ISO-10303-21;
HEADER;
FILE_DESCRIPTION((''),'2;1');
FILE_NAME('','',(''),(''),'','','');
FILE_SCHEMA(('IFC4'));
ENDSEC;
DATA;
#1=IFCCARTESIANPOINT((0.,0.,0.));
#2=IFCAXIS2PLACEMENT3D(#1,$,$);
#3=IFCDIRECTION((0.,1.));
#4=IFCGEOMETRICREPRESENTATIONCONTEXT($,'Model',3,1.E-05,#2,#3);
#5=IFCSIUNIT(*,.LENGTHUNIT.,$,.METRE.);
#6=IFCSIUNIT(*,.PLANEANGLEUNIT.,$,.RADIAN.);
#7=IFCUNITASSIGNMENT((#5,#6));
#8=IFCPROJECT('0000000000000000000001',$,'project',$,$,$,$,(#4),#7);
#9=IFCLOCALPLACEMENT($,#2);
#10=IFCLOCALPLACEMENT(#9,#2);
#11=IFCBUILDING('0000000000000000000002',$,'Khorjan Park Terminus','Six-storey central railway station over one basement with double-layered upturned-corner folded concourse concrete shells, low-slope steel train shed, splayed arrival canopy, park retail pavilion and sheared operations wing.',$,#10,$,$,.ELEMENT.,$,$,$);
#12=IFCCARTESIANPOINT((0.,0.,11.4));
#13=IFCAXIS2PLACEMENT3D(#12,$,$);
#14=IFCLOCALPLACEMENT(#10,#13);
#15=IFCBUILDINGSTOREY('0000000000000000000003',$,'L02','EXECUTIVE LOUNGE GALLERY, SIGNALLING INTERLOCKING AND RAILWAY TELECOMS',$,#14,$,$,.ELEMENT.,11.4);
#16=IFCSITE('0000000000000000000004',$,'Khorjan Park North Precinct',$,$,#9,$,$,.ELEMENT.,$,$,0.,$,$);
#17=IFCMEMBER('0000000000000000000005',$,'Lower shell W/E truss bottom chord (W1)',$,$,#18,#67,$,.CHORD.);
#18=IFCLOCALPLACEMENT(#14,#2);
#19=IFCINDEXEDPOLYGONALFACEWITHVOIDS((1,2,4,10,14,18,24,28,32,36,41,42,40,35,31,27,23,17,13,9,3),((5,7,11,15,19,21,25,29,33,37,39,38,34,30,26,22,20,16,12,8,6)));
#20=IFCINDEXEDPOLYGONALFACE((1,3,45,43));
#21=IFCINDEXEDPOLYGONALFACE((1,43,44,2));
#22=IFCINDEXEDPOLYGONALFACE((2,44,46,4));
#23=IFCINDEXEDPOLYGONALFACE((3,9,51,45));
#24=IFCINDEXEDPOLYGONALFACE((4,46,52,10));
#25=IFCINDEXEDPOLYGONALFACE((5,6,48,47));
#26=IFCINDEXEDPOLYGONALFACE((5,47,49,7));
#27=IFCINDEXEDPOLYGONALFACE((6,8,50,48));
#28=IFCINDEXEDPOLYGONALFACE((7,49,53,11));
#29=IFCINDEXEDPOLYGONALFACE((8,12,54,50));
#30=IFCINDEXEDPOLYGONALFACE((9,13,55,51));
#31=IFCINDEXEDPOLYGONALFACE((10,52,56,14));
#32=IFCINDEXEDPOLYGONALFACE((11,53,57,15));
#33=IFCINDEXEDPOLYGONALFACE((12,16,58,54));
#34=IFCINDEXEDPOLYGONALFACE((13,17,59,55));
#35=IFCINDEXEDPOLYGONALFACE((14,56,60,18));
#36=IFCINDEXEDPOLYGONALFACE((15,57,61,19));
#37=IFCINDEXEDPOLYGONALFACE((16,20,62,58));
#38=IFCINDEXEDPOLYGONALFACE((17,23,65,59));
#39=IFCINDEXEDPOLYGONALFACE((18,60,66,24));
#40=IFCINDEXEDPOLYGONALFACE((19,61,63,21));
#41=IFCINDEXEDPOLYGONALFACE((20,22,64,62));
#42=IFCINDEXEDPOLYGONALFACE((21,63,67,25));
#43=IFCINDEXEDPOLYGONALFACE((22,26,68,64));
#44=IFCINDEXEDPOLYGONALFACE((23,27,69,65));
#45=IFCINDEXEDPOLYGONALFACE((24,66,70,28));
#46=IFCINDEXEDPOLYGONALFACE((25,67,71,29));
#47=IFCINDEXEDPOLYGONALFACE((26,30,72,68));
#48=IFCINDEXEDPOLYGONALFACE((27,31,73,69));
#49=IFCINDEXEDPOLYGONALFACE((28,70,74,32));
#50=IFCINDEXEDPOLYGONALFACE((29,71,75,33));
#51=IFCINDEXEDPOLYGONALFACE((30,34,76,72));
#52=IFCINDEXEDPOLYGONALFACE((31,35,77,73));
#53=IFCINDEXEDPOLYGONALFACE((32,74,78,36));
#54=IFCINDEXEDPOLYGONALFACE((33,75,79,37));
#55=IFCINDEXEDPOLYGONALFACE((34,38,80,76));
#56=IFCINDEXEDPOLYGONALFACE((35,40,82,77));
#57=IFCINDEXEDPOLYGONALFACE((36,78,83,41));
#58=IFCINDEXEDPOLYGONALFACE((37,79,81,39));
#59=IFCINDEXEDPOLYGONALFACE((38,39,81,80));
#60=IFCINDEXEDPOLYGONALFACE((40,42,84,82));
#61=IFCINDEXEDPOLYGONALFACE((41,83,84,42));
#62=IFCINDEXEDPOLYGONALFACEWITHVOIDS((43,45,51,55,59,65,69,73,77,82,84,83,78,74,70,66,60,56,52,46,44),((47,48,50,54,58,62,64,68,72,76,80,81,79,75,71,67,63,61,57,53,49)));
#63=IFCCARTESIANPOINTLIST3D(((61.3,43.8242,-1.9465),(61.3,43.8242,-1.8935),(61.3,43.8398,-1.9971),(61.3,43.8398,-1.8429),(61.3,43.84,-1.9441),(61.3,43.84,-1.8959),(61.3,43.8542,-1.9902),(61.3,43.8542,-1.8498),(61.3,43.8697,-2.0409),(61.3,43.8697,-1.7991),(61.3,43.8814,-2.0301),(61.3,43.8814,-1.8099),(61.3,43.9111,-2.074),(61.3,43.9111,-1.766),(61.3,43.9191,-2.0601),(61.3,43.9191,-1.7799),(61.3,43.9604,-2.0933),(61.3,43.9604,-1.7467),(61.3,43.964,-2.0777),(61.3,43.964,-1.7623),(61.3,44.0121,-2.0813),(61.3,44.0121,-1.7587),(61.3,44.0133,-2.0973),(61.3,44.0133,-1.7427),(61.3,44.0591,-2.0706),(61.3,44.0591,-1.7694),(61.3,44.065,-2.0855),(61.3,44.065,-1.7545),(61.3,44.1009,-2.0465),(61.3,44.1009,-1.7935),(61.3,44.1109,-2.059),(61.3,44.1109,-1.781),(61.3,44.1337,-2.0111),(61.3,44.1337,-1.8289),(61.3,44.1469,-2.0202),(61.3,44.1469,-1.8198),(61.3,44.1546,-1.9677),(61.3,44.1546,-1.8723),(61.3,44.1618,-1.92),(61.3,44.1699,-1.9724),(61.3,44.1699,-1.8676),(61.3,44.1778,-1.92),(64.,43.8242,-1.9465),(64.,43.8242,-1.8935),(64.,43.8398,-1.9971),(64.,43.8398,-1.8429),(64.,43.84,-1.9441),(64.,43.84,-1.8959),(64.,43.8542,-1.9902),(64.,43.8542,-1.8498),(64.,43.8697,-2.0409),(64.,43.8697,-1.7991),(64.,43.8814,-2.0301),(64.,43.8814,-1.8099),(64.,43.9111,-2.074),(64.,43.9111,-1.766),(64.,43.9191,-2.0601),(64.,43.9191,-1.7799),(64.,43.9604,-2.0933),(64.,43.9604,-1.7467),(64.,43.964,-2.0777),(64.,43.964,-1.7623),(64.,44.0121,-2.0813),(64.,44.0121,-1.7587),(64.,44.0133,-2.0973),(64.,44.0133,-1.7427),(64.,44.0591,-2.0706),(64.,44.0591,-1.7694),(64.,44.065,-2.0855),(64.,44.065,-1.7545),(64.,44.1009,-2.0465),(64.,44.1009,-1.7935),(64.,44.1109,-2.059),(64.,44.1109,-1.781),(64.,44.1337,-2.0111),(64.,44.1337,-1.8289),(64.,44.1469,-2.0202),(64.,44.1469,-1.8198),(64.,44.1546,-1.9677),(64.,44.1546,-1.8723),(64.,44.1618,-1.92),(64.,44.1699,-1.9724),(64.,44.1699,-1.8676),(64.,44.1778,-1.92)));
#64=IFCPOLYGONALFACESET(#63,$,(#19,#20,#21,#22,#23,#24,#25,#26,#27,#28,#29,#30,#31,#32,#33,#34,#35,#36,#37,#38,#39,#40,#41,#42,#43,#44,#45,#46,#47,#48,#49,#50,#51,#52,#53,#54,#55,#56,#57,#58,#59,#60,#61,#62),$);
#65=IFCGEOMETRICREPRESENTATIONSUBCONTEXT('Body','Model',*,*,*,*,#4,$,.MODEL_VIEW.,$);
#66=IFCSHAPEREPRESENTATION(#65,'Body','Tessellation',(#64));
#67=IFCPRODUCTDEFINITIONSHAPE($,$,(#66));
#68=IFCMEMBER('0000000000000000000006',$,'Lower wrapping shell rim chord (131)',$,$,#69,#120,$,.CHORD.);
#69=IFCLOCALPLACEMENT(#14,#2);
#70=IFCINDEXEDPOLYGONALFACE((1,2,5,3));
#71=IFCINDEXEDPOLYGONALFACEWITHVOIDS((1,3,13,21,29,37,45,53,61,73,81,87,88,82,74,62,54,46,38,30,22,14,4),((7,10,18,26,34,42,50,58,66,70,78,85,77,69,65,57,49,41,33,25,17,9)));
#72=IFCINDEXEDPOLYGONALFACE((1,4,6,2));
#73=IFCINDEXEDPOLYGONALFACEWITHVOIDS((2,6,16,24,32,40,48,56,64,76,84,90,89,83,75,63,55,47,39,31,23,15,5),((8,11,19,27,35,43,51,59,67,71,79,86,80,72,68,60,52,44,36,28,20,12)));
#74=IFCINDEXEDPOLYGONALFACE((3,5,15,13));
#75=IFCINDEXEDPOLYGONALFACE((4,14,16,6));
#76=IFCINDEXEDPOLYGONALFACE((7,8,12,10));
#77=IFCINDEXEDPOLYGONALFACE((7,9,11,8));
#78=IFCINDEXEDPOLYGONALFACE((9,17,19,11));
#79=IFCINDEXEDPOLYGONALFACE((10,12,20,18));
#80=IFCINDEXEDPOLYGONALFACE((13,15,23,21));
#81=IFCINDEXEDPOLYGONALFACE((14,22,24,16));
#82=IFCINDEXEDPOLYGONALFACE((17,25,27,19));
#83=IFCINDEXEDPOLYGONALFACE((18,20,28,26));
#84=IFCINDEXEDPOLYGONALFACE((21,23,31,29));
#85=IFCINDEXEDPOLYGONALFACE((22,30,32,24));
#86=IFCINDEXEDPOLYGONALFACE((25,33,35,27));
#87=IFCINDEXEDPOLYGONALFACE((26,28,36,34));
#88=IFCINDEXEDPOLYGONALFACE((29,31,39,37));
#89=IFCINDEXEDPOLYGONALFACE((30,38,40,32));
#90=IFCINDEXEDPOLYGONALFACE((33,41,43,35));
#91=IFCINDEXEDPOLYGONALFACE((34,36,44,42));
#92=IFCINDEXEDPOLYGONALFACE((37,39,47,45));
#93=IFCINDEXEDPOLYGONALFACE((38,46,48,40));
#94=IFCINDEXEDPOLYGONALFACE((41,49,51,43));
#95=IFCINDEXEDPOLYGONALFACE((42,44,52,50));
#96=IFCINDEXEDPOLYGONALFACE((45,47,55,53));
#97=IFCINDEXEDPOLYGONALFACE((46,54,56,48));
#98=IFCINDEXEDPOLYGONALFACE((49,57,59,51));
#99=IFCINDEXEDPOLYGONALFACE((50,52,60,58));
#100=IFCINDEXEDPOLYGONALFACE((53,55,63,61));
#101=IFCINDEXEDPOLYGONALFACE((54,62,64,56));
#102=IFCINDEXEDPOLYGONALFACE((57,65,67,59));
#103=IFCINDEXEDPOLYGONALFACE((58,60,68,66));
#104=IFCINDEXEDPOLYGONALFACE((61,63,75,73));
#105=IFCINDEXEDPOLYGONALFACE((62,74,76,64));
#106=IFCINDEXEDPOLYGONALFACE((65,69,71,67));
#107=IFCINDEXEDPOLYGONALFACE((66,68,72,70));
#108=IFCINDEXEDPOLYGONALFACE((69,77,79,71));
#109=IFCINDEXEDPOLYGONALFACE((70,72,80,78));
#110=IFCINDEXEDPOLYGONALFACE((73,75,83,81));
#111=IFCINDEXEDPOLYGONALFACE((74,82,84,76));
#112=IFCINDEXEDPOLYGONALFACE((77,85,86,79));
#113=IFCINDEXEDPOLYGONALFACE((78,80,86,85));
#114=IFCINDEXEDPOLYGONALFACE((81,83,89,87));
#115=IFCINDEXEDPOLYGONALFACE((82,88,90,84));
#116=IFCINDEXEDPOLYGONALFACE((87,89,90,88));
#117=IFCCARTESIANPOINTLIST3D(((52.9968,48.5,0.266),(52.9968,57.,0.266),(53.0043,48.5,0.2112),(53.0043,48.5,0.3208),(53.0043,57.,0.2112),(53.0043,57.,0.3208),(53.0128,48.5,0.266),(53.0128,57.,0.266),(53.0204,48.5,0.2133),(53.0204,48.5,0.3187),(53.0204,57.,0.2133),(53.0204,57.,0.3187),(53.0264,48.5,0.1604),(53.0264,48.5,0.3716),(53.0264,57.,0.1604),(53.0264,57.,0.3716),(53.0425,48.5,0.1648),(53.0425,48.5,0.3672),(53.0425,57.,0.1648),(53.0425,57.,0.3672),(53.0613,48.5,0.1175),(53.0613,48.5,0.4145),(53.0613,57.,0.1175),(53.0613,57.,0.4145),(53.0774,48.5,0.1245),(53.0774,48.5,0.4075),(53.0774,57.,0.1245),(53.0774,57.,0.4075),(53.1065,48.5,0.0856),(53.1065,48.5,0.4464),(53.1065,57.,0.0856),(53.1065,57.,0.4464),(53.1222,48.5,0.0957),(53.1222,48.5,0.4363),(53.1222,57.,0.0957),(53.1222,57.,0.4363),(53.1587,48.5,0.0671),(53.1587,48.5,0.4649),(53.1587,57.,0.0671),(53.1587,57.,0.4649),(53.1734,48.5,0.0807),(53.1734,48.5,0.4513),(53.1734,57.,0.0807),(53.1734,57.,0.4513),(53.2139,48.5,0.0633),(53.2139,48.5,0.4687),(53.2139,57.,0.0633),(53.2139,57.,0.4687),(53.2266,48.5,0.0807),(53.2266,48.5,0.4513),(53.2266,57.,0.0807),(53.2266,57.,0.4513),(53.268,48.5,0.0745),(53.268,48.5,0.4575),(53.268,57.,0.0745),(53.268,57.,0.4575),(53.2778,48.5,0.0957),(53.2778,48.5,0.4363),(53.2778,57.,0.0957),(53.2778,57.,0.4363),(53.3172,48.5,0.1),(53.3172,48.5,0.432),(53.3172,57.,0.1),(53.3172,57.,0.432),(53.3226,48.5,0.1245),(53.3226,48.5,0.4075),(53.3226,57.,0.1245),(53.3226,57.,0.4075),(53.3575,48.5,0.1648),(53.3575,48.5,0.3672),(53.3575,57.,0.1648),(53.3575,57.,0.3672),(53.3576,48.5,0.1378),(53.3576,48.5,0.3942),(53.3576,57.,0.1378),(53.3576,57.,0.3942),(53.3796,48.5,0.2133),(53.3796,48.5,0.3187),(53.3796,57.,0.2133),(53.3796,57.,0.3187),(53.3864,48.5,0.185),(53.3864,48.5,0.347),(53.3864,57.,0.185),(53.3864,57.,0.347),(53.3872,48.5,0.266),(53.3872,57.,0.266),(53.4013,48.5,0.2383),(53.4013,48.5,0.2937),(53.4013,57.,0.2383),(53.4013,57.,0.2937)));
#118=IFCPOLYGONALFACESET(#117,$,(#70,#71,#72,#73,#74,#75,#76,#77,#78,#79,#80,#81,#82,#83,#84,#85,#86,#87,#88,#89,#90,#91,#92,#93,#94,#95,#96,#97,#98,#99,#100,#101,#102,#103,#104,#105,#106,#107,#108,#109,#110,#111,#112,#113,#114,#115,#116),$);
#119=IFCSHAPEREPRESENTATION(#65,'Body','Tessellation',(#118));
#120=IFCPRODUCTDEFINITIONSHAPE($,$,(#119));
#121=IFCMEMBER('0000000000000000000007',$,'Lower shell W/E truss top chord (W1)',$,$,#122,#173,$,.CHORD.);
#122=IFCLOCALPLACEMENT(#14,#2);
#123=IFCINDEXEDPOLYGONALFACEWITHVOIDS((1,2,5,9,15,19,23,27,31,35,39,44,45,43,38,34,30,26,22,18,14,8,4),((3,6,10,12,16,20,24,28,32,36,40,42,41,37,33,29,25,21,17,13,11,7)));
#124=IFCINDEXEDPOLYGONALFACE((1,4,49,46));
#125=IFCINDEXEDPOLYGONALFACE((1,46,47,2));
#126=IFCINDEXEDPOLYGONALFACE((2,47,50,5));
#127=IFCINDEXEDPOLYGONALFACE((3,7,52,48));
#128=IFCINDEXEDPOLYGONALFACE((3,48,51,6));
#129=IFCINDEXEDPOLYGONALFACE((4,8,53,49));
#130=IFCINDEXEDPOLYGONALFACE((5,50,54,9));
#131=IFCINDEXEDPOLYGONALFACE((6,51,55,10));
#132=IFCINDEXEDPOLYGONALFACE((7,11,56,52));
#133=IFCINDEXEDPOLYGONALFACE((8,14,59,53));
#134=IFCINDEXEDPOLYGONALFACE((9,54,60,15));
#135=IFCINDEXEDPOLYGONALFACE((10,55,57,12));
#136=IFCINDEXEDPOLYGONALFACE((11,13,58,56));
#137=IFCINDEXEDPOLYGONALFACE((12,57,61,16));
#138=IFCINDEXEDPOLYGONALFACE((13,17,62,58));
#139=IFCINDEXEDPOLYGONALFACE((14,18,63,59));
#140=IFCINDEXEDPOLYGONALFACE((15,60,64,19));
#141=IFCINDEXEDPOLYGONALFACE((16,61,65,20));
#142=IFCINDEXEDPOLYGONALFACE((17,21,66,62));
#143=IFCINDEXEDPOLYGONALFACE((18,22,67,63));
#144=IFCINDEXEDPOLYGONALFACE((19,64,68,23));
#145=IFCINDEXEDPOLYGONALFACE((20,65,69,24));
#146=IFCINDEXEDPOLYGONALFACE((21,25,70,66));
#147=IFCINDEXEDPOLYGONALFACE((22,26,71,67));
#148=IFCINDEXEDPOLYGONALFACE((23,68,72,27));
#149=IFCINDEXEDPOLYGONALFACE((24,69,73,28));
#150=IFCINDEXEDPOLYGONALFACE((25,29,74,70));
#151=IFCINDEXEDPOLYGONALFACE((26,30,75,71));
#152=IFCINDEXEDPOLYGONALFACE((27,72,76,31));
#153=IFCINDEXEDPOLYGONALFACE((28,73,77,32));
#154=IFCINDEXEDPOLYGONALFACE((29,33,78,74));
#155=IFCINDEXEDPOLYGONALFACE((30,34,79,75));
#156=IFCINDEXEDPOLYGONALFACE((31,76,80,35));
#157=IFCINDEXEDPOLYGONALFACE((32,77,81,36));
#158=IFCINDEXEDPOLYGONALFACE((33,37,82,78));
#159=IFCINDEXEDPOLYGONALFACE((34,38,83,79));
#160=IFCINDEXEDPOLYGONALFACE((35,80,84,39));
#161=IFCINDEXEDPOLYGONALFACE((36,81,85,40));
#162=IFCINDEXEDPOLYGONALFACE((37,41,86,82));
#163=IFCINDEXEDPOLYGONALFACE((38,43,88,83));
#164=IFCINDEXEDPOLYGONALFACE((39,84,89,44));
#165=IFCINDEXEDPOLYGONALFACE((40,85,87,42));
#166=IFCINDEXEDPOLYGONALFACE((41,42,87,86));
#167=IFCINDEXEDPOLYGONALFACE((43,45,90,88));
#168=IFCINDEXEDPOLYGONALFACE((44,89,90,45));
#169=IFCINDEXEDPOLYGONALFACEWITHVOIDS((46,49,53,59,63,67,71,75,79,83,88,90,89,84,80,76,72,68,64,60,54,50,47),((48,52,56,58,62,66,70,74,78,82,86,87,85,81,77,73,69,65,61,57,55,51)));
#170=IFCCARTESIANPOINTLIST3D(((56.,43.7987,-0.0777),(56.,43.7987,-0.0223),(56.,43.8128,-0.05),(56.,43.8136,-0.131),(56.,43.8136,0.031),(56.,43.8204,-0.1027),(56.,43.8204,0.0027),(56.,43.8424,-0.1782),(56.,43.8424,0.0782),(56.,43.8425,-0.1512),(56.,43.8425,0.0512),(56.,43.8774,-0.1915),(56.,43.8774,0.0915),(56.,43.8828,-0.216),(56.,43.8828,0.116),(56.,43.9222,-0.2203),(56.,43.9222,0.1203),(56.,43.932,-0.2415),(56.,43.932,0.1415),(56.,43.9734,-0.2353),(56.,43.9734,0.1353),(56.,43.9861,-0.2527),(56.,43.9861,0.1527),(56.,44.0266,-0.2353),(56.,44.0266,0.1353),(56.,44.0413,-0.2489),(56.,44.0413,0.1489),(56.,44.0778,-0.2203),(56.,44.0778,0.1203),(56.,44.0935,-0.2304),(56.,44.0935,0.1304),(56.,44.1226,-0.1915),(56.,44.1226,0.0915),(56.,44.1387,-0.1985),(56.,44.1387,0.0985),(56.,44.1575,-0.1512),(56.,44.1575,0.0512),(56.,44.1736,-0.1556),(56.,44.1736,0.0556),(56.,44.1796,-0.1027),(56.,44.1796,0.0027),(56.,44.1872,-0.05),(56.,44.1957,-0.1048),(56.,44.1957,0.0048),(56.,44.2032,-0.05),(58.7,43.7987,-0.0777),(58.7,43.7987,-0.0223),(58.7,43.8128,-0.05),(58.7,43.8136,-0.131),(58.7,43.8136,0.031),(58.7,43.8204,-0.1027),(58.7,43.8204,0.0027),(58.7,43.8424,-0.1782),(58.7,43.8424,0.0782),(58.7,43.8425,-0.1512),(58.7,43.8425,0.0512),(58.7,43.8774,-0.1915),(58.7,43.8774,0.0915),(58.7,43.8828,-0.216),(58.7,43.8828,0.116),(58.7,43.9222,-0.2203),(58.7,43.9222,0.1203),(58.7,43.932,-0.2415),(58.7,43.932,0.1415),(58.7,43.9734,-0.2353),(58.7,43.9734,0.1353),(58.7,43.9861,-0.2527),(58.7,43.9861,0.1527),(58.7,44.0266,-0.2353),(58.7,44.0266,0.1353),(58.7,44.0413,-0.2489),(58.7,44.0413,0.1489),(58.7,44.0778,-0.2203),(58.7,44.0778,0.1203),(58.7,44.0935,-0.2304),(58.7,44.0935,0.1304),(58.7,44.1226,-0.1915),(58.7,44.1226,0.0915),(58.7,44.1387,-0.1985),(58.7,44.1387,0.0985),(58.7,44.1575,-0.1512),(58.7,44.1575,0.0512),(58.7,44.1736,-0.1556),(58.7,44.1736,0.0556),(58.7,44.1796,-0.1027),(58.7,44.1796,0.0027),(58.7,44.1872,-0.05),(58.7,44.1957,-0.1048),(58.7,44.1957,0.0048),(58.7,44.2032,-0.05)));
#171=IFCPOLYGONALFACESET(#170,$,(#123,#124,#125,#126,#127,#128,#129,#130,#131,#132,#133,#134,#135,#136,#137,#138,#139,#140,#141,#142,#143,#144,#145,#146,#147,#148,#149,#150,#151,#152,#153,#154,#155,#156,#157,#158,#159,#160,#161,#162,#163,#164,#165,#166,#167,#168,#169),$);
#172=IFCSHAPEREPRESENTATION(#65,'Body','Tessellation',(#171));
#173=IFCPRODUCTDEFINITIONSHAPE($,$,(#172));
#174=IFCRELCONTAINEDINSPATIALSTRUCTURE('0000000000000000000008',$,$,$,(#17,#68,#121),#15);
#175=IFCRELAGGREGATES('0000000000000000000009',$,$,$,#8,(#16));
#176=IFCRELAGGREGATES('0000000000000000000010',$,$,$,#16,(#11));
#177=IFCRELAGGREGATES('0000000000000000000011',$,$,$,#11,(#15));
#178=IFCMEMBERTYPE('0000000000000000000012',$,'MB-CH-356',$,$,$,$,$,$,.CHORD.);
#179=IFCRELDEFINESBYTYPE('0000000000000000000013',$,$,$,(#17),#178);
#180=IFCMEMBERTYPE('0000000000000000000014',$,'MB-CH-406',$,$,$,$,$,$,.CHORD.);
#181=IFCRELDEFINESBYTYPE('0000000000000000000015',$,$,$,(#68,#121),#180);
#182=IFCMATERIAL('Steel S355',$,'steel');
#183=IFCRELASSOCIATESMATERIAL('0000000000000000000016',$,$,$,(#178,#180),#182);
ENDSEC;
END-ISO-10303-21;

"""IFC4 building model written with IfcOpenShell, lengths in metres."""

from ifc_helpers import new_model, si_unit, direction, frame, origin, origin_2d, place, context, subcontext, project, spatial, hollow_circle, extrude, material, material_profile, profile_set, type_object, element, save


model = new_model("IFC4")

# Units and contexts
model_context = context("Model", 3, precision=1e-05, world=origin(), true_north=direction((0.0, 1.0)))
body_context = subcontext(model_context, "Body", "Model", "MODEL_VIEW")
ifc_project = project(units=[si_unit("LENGTHUNIT", "METRE"), si_unit("PLANEANGLEUNIT", "RADIAN")], contexts=[model_context])

# Site, building, storey
site_placement = place(None, origin())
site = spatial("IfcSite", under=ifc_project, at=site_placement, Name="Khorjan Park North Precinct", CompositionType="ELEMENT", RefElevation=0.0)
building_placement = place(site_placement, origin())
building = spatial("IfcBuilding", under=site, at=building_placement, Name="Khorjan Park Terminus", Description="Six-storey central railway station over one basement with double-layered upturned-corner folded concourse concrete shells, low-slope steel train shed, splayed arrival canopy, park retail pavilion and sheared operations wing.", CompositionType="ELEMENT")
storey_placement = place(building_placement, frame((0.0, 0.0, 11.4)))
storey = spatial("IfcBuildingStorey", under=building, at=storey_placement, Name="L02", Description="EXECUTIVE LOUNGE GALLERY, SIGNALLING INTERLOCKING AND RAILWAY TELECOMS", CompositionType="ELEMENT", Elevation=11.4)

# Shared definitions
ifc_material_1 = material(Name="Steel S355", Category="steel")

# Members
ifc_material_profile_1 = material_profile(ifc_material_1, hollow_circle(Radius=0.1778, WallThickness=0.016, at=origin_2d()), Name="CHS 355.6x16")
ifc_profile_set_1 = profile_set([ifc_material_profile_1], Name="Steel S355")
member_type_1 = type_object("IfcMemberType", Name="MB-CH-356", PredefinedType="CHORD", material=ifc_profile_set_1)
member_1_placement = place(storey_placement, frame((61.3, 44.0, -1.92), z_axis=(1.0, 0.0, 0.0), x_axis=(0.0, 1.0, 0.0)))
element("IfcMember", 1, at=member_1_placement, inside=storey, type_object=member_type_1, Name="Lower shell W/E truss bottom chord (W1)", PredefinedType="CHORD", context=body_context, shape_type="SweptSolid", body=[
    extrude(hollow_circle(Radius=0.1778, WallThickness=0.016, at=origin_2d()), origin(), (0.0, 0.0, 1.0), 2.7),
])
ifc_material_profile_2 = material_profile(ifc_material_1, hollow_circle(Radius=0.2032, WallThickness=0.016, at=origin_2d()), Name="CHS 406.4x16")
ifc_profile_set_2 = profile_set([ifc_material_profile_2], Name="Steel S355")
member_type_2 = type_object("IfcMemberType", Name="MB-CH-406", PredefinedType="CHORD", material=ifc_profile_set_2)
member_2_placement = place(storey_placement, frame((53.2, 48.5, 0.266), z_axis=(0.0, 1.0, 0.0), x_axis=(-1.0, 0.0, 0.0)))
element("IfcMember", 2, at=member_2_placement, inside=storey, type_object=member_type_2, Name="Lower wrapping shell rim chord (131)", PredefinedType="CHORD", context=body_context, shape_type="SweptSolid", body=[
    extrude(hollow_circle(Radius=0.2032, WallThickness=0.016, at=origin_2d()), origin(), (0.0, 0.0, 1.0), 8.5),
])
member_3_placement = place(storey_placement, frame((56.0, 44.0, -0.05), z_axis=(1.0, 0.0, 0.0), x_axis=(0.0, 1.0, 0.0)))
element("IfcMember", 3, at=member_3_placement, inside=storey, type_object=member_type_2, Name="Lower shell W/E truss top chord (W1)", PredefinedType="CHORD", context=body_context, shape_type="SweptSolid", body=[
    extrude(hollow_circle(Radius=0.2032, WallThickness=0.016, at=origin_2d()), origin(), (0.0, 0.0, 1.0), 2.7),
])

save(model, "model.ifc")
